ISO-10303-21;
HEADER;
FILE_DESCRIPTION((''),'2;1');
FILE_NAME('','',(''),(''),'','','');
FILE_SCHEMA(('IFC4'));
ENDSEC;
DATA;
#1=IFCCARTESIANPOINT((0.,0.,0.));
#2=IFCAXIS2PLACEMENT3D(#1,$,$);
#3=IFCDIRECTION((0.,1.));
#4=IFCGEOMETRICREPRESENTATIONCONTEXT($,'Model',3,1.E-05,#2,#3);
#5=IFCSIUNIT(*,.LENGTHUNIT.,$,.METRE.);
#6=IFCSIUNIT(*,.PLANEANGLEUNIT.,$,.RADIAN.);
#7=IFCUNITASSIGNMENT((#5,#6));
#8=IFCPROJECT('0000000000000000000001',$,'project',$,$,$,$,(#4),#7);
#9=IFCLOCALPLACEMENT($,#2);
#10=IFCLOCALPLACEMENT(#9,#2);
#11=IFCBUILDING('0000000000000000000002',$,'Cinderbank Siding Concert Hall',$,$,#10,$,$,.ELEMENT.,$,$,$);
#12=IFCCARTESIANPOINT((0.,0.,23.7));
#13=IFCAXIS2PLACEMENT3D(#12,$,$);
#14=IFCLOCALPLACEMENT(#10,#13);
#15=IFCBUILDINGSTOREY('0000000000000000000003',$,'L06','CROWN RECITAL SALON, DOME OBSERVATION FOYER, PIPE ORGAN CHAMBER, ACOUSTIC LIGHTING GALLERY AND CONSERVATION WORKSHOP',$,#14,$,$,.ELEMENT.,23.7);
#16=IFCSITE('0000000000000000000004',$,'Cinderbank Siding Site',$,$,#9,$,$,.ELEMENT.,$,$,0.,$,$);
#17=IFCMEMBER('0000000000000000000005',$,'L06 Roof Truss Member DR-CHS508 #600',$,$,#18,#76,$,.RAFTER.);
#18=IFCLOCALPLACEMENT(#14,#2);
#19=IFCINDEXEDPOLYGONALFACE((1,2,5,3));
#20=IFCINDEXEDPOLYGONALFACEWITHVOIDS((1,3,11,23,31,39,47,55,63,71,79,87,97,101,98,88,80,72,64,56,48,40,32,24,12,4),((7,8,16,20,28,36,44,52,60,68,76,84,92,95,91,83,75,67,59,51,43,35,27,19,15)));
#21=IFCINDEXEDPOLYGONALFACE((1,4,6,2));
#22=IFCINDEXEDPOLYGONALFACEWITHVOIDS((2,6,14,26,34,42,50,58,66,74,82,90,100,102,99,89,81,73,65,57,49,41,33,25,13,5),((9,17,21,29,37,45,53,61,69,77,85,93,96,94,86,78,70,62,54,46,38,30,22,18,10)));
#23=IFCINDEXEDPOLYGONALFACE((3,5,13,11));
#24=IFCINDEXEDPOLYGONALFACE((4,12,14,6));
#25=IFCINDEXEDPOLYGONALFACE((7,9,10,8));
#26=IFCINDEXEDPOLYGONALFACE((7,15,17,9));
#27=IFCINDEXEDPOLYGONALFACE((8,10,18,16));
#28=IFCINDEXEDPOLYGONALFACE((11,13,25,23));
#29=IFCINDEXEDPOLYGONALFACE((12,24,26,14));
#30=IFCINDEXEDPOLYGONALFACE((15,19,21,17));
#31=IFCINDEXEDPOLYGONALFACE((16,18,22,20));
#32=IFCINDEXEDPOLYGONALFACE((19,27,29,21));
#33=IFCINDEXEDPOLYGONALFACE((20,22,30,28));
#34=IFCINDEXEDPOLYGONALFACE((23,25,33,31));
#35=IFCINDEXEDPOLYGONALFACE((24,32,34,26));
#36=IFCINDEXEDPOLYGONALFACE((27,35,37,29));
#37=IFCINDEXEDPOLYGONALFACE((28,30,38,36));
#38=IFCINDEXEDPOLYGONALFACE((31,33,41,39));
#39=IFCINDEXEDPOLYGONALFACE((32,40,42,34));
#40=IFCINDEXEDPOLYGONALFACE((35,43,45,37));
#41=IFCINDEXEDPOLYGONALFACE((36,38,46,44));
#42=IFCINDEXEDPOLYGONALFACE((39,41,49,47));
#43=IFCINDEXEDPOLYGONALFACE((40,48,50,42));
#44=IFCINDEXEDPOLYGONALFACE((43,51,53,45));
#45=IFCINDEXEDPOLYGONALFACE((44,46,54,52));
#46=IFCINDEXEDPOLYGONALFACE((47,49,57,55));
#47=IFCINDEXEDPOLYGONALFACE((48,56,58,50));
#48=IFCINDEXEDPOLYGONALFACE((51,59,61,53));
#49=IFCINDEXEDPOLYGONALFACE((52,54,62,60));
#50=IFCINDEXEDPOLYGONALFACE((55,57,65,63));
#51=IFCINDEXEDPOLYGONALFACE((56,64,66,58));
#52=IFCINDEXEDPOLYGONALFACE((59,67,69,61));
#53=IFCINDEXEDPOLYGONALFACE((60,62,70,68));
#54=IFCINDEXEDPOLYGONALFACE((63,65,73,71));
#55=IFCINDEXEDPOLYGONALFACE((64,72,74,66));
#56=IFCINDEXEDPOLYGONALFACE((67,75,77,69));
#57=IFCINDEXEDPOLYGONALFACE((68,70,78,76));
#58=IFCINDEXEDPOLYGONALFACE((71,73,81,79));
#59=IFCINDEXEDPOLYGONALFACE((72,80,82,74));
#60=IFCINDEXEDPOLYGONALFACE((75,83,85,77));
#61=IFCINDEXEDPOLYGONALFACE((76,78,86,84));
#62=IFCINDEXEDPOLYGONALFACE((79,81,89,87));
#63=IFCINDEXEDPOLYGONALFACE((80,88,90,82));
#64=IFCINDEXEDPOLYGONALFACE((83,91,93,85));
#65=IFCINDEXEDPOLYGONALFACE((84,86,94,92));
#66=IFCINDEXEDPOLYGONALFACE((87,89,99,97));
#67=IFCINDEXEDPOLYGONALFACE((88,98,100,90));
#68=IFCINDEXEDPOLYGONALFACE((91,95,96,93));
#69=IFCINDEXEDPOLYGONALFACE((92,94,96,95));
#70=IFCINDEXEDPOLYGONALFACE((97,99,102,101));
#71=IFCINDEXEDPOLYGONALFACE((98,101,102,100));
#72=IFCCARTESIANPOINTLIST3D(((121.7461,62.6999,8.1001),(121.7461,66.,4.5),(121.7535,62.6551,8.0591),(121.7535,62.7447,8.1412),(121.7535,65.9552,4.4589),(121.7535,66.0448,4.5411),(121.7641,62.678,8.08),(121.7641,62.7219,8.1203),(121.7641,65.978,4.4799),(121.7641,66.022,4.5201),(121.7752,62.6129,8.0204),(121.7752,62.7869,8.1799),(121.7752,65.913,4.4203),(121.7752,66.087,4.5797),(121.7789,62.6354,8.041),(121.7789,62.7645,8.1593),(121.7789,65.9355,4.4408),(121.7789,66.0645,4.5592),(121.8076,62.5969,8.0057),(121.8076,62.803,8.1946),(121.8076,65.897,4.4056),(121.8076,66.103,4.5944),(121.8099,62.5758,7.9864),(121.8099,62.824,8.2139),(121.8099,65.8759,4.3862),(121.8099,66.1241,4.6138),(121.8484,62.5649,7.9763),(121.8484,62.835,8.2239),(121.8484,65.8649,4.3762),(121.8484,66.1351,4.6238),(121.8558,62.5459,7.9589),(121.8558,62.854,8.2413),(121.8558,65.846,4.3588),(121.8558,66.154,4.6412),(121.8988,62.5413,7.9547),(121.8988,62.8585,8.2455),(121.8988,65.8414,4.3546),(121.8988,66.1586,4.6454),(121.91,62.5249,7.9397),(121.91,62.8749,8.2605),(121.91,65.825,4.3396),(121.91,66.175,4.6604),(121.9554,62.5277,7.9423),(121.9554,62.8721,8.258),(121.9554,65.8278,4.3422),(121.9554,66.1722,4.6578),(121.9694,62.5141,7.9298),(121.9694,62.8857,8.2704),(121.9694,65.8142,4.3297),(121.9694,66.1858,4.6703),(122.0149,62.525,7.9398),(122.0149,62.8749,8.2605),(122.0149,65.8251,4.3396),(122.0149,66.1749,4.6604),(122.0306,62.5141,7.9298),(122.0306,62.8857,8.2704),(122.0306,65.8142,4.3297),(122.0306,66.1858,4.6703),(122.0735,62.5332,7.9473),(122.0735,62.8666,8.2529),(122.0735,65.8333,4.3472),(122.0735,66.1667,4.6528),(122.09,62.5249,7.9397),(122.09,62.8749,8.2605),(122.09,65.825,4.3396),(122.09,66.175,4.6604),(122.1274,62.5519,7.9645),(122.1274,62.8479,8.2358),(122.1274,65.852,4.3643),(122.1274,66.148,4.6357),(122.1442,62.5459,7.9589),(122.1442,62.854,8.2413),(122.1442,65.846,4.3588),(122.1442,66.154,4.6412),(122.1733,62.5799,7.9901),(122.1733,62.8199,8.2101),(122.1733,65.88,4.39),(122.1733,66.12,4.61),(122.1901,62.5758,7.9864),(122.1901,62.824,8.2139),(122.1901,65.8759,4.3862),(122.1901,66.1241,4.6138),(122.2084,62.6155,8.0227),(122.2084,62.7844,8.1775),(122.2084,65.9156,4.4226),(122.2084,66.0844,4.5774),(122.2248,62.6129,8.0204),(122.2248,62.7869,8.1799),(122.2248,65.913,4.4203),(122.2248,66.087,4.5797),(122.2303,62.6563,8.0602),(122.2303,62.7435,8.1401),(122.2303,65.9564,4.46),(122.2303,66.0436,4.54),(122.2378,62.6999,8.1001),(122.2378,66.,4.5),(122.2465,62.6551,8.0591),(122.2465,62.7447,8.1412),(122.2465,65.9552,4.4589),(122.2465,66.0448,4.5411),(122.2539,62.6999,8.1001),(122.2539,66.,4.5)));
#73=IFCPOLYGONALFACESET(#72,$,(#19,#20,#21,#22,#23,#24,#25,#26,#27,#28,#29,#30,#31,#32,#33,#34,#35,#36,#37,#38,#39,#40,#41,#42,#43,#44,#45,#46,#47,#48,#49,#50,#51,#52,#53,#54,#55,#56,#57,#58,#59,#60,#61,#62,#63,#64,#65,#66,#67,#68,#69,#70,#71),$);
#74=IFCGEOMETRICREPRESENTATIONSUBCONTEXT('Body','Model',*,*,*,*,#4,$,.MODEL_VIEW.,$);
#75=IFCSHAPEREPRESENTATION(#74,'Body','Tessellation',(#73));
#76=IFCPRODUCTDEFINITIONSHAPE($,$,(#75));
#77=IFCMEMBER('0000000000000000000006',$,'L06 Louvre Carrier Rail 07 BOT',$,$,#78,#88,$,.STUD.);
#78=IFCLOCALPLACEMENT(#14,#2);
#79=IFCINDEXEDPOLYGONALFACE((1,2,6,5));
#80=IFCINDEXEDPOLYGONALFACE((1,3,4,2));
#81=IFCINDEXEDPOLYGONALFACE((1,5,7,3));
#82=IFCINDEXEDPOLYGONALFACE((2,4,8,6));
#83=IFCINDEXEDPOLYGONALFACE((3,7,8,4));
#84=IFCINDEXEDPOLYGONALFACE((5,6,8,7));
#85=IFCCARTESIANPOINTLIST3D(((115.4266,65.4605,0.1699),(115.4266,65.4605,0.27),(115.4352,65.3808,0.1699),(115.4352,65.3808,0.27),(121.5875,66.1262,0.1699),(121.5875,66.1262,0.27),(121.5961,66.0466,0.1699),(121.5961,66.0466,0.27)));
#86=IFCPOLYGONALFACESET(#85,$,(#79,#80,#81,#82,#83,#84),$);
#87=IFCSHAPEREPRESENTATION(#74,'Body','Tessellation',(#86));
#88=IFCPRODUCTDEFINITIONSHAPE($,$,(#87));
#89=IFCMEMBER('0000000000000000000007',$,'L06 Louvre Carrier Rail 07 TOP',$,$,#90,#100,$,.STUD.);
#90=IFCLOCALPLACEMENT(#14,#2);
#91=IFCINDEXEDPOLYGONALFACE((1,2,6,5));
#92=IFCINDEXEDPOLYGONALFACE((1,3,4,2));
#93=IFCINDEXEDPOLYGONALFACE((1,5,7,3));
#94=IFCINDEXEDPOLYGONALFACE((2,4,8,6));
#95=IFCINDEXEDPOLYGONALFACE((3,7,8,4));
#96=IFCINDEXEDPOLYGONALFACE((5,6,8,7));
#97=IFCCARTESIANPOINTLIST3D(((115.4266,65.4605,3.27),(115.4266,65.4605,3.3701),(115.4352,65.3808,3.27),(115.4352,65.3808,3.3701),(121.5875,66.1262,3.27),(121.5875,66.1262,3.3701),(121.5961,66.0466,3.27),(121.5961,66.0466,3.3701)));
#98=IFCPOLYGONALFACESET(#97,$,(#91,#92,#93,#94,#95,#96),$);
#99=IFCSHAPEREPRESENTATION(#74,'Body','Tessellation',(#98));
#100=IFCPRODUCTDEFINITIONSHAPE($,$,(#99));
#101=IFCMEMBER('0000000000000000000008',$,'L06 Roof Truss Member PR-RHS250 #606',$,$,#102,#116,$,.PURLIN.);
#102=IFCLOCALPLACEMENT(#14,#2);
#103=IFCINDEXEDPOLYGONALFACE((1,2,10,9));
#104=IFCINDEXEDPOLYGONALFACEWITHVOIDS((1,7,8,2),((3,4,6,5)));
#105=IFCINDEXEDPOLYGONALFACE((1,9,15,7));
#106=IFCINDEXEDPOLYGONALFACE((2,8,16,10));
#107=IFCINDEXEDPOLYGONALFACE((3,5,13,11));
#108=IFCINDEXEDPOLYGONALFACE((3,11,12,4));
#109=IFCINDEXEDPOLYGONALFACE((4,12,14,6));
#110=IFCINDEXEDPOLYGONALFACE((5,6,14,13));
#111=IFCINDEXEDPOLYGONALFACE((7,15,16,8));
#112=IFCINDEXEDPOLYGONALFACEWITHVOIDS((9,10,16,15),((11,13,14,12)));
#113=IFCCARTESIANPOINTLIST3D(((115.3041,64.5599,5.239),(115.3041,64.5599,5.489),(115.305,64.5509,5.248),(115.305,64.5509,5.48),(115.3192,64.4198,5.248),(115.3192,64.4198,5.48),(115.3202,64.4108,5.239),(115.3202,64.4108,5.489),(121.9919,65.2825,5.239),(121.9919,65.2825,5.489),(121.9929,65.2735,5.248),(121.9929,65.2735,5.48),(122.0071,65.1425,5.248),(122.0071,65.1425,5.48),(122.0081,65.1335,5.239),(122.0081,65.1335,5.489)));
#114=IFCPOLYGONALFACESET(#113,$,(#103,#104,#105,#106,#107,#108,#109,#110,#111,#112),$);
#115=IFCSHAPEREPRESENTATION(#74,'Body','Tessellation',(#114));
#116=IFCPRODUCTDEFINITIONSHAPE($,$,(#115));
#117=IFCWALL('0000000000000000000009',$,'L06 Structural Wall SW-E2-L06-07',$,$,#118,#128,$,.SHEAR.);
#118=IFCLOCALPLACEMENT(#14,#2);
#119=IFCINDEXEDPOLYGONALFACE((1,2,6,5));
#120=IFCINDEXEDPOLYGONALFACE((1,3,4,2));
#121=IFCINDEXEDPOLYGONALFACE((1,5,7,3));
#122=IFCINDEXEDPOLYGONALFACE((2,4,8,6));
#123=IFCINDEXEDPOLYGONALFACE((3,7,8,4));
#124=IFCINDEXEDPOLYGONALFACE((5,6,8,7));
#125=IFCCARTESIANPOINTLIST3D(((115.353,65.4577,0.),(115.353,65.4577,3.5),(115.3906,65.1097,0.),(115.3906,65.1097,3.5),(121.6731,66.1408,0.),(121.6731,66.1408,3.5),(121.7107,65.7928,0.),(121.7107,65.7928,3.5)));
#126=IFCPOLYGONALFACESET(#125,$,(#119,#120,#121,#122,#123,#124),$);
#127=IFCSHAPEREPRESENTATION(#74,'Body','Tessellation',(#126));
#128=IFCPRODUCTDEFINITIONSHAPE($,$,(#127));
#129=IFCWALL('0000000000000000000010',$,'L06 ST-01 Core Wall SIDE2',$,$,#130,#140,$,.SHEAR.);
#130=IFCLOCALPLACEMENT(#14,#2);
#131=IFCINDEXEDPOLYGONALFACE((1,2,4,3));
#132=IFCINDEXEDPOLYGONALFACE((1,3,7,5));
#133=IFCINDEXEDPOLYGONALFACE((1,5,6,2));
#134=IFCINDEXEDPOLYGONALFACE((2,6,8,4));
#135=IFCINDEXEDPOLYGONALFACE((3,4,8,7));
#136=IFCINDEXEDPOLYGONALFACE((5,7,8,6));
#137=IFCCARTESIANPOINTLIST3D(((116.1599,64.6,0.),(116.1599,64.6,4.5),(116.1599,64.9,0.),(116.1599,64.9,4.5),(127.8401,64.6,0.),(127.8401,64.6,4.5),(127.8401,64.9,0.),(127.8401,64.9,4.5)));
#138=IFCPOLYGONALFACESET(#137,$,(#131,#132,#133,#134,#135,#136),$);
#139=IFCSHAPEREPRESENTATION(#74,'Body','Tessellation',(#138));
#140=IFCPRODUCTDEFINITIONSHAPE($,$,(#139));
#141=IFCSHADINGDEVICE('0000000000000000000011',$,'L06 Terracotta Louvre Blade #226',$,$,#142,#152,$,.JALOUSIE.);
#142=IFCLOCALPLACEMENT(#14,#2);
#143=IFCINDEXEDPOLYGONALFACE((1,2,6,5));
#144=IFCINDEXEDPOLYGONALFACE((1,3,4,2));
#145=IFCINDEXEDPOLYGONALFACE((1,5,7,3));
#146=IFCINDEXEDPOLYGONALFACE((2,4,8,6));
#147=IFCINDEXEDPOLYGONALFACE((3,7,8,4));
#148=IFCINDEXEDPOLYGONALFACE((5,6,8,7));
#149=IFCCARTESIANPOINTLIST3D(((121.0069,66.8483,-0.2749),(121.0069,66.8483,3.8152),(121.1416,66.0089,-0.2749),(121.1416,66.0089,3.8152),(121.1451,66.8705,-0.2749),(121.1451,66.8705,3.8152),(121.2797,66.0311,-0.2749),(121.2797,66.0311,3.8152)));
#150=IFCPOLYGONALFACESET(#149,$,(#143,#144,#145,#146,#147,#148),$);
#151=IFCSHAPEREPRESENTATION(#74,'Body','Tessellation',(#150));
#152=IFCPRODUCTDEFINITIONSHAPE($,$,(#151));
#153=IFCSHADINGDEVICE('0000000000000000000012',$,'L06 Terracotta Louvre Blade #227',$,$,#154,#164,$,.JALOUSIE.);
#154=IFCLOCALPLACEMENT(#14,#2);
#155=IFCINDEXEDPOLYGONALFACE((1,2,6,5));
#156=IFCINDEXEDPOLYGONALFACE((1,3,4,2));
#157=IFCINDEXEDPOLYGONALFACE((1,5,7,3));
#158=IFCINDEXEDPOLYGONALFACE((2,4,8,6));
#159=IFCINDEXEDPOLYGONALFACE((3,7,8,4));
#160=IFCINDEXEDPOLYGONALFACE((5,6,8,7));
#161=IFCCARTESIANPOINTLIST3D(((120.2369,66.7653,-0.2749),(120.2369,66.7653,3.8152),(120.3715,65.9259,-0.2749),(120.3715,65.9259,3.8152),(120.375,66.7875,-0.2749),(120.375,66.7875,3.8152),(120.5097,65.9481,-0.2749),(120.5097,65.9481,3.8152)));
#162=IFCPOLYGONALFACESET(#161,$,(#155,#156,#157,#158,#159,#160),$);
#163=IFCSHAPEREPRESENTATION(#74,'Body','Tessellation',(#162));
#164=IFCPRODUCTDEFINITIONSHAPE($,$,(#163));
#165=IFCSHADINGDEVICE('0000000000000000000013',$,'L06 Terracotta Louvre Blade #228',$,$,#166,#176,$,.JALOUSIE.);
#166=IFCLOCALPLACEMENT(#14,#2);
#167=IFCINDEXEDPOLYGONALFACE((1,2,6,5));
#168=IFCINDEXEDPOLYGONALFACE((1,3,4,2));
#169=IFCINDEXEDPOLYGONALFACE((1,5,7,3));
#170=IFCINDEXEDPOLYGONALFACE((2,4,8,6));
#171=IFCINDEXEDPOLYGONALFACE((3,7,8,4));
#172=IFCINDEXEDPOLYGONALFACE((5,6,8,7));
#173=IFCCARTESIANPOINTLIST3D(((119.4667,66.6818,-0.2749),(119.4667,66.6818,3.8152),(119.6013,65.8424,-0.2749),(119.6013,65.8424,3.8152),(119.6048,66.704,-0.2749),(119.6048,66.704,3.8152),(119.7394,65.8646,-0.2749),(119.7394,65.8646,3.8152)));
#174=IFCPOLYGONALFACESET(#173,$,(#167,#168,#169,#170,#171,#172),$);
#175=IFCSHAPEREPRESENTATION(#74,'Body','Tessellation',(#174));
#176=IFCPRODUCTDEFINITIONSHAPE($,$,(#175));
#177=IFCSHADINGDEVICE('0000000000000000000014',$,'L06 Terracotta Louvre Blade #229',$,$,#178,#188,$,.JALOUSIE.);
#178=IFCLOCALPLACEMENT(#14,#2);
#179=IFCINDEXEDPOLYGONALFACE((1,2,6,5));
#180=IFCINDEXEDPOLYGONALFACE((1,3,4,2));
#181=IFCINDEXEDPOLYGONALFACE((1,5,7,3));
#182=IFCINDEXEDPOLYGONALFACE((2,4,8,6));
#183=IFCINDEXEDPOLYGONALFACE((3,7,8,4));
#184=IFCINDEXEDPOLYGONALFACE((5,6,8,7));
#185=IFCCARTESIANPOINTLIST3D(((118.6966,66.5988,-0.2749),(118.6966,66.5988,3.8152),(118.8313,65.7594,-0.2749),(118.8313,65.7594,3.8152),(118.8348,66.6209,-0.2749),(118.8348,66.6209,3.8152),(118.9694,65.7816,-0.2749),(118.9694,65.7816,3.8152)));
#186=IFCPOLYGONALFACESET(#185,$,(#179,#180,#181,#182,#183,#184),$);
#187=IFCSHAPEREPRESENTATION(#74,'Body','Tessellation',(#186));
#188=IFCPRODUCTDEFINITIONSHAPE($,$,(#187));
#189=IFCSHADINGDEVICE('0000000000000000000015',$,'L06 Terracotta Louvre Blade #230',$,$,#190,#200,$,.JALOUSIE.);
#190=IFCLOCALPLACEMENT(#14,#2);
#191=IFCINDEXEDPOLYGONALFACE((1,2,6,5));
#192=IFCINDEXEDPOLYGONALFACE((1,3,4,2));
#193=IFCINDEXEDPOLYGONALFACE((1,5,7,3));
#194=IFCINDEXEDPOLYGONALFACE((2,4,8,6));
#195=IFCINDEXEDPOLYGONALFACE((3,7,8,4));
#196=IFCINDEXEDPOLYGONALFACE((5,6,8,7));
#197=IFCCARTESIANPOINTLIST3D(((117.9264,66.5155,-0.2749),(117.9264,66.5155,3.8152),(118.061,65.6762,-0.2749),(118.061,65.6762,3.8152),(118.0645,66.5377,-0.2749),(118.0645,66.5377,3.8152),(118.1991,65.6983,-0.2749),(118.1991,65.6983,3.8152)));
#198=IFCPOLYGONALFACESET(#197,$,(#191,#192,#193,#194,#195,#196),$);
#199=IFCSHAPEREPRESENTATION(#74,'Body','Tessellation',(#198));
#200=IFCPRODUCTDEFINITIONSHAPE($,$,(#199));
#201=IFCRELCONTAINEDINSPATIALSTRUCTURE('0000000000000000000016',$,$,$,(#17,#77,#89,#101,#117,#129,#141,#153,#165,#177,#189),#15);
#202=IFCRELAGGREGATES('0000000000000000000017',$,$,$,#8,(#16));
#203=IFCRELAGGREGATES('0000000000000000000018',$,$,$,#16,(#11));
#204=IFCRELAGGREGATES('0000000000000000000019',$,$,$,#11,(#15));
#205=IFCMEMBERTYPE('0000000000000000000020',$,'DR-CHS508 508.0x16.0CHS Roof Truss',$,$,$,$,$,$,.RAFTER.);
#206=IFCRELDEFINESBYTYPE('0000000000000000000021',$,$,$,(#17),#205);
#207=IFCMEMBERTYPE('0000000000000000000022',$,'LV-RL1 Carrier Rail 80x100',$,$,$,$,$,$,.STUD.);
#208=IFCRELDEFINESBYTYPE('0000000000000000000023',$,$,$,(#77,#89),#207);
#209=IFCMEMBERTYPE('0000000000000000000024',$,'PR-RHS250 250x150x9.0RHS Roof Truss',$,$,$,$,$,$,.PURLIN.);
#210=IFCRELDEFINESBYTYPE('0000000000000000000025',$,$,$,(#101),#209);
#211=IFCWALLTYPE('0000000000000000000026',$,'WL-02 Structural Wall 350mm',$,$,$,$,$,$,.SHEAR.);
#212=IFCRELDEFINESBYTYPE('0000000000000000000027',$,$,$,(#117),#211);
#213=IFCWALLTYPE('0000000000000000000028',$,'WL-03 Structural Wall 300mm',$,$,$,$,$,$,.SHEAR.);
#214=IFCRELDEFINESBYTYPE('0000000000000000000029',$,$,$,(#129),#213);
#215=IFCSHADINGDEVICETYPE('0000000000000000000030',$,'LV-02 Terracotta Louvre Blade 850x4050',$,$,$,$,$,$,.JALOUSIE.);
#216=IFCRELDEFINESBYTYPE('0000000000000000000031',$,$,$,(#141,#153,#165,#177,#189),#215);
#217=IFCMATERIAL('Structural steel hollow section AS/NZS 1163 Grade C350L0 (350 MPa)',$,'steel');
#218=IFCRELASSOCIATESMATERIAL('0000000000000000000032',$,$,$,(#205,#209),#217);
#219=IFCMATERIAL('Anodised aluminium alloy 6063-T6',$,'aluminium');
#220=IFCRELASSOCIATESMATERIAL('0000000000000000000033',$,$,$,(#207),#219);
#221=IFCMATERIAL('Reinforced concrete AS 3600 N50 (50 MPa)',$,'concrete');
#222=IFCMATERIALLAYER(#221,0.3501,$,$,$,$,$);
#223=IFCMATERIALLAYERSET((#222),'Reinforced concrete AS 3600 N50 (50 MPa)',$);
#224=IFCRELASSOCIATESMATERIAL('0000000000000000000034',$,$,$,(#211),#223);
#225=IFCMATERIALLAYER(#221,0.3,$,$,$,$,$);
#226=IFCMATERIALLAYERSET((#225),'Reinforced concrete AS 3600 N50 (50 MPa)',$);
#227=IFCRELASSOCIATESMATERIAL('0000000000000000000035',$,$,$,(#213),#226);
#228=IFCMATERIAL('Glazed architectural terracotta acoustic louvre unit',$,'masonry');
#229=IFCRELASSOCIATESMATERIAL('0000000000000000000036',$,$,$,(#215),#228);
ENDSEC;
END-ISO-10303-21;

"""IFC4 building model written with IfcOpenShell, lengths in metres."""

from ifc_helpers import new_model, si_unit, direction, frame, frame_2d, origin, origin_2d, place, context, subcontext, project, spatial, rectangle, hollow_rectangle, hollow_circle, extrude, material, layer, layer_set, material_profile, profile_set, type_object, element, save


model = new_model("IFC4")

# Units and contexts
model_context = context("Model", 3, precision=1e-05, world=origin(), true_north=direction((0.0, 1.0)))
body_context = subcontext(model_context, "Body", "Model", "MODEL_VIEW")
ifc_project = project(units=[si_unit("LENGTHUNIT", "METRE"), si_unit("PLANEANGLEUNIT", "RADIAN")], contexts=[model_context])

# Site, building, storey
site_placement = place(None, origin())
site = spatial("IfcSite", under=ifc_project, at=site_placement, Name="Cinderbank Siding Site", CompositionType="ELEMENT", RefElevation=0.0)
building_placement = place(site_placement, origin())
building = spatial("IfcBuilding", under=site, at=building_placement, Name="Cinderbank Siding Concert Hall", CompositionType="ELEMENT")
storey_placement = place(building_placement, frame((0.0, 0.0, 23.7)))
storey = spatial("IfcBuildingStorey", under=building, at=storey_placement, Name="L06", Description="CROWN RECITAL SALON, DOME OBSERVATION FOYER, PIPE ORGAN CHAMBER, ACOUSTIC LIGHTING GALLERY AND CONSERVATION WORKSHOP", CompositionType="ELEMENT", Elevation=23.7)

# Shared definitions
ifc_material_1 = material(Name="Reinforced concrete AS 3600 N50 (50 MPa)", Category="concrete")

# Members
ifc_material_2 = material(Name="Structural steel hollow section AS/NZS 1163 Grade C350L0 (350 MPa)", Category="steel")
ifc_material_profile_1 = material_profile(ifc_material_2, hollow_circle(Radius=0.2539, WallThickness=0.0161, at=origin_2d()), Name="508.0x16.0CHS", Category="LoadBearing")
ifc_profile_set_1 = profile_set([ifc_material_profile_1], Name="Structural steel hollow section AS/NZS 1163 Grade C350L0 (350 MPa)")
member_type_1 = type_object("IfcMemberType", Name="DR-CHS508 508.0x16.0CHS Roof Truss", PredefinedType="RAFTER", material=ifc_profile_set_1)
member_1_placement = place(storey_placement, frame((122.0, 66.0, 4.5), z_axis=(0.0, -0.67572, 0.737158), x_axis=(1.0, 0.0, 0.0)))
element("IfcMember", 1, at=member_1_placement, inside=storey, type_object=member_type_1, Name="L06 Roof Truss Member DR-CHS508 #600", PredefinedType="RAFTER", context=body_context, shape_type="SweptSolid", body=[
    extrude(hollow_circle(Radius=0.2539, WallThickness=0.0161, at=origin_2d()), origin(), (0.0, 0.0, 1.0), 4.8838),
])
ifc_material_3 = material(Name="Anodised aluminium alloy 6063-T6", Category="aluminium")
ifc_material_profile_2 = material_profile(ifc_material_3, rectangle(XDim=0.0801, YDim=0.1001, at=origin_2d()), Name="ALU-RAIL-80x100", Category="LoadBearing")
ifc_profile_set_2 = profile_set([ifc_material_profile_2], Name="Anodised aluminium alloy 6063-T6")
member_type_2 = type_object("IfcMemberType", Name="LV-RL1 Carrier Rail 80x100", PredefinedType="STUD", material=ifc_profile_set_2)
for number, where, z_axis, x_axis, name in (
    (2, (121.5918, 66.0864, 0.22), (-0.994212, -0.107439, 0.0), (0.107439, -0.994212, 0.0), "L06 Louvre Carrier Rail 07 BOT"),
    (3, (121.5918, 66.0864, 3.3201), (-0.994212, -0.107439, 0.0), (0.107439, -0.994212, 0.0), "L06 Louvre Carrier Rail 07 TOP"),
):
    element("IfcMember", number, at=place(storey_placement, frame(where, z_axis=z_axis, x_axis=x_axis)), inside=storey, type_object=member_type_2, Name=name, PredefinedType="STUD", context=body_context, shape_type="SweptSolid", body=[
        extrude(rectangle(XDim=0.0801, YDim=0.1001, at=origin_2d()), origin(), (0.0, 0.0, 1.0), 6.1968),
    ])
ifc_material_profile_3 = material_profile(ifc_material_2, hollow_rectangle(XDim=0.1499, YDim=0.25, WallThickness=0.009, at=origin_2d()), Name="250x150x9.0RHS", Category="LoadBearing")
ifc_profile_set_3 = profile_set([ifc_material_profile_3], Name="Structural steel hollow section AS/NZS 1163 Grade C350L0 (350 MPa)")
member_type_3 = type_object("IfcMemberType", Name="PR-RHS250 250x150x9.0RHS Roof Truss", PredefinedType="PURLIN", material=ifc_profile_set_3)
member_2_placement = place(storey_placement, frame((122.0, 65.208, 5.364), z_axis=(-0.994213, -0.107428, 0.0), x_axis=(0.107428, -0.994213, 0.0)))
element("IfcMember", 4, at=member_2_placement, inside=storey, type_object=member_type_3, Name="L06 Roof Truss Member PR-RHS250 #606", PredefinedType="PURLIN", context=body_context, shape_type="SweptSolid", body=[
    extrude(hollow_rectangle(XDim=0.1499, YDim=0.25, WallThickness=0.009, at=origin_2d()), origin(), (0.0, 0.0, 1.0), 6.7268),
])

# Walls
ifc_layer_1 = layer(ifc_material_1, 0.3501)
ifc_layer_set_1 = layer_set([ifc_layer_1], Name="Reinforced concrete AS 3600 N50 (50 MPa)")
wall_type_1 = type_object("IfcWallType", Name="WL-02 Structural Wall 350mm", PredefinedType="SHEAR", material=ifc_layer_set_1)
wall_1_placement = place(storey_placement, frame((121.6919, 65.9668, 0.0), z_axis=(0.0, 0.0, 1.0), x_axis=(-0.994209, -0.107459, 0.0)))
element("IfcWall", 5, at=wall_1_placement, inside=storey, type_object=wall_type_1, Name="L06 Structural Wall SW-E2-L06-07", PredefinedType="SHEAR", context=body_context, shape_type="SweptSolid", body=[
    extrude(rectangle(XDim=6.3569, YDim=0.3501, at=frame_2d((3.1785, 0.0))), origin(), (0.0, 0.0, 1.0), 3.5),
])
ifc_layer_2 = layer(ifc_material_1, 0.3)
ifc_layer_set_2 = layer_set([ifc_layer_2], Name="Reinforced concrete AS 3600 N50 (50 MPa)")
wall_type_2 = type_object("IfcWallType", Name="WL-03 Structural Wall 300mm", PredefinedType="SHEAR", material=ifc_layer_set_2)
wall_2_placement = place(storey_placement, frame((116.1599, 64.75, 0.0), z_axis=(0.0, 0.0, 1.0), x_axis=(1.0, 0.0, 0.0)))
element("IfcWall", 6, at=wall_2_placement, inside=storey, type_object=wall_type_2, Name="L06 ST-01 Core Wall SIDE2", PredefinedType="SHEAR", context=body_context, shape_type="SweptSolid", body=[
    extrude(rectangle(XDim=11.6802, YDim=0.3, at=frame_2d((5.8401, 0.0))), origin(), (0.0, 0.0, 1.0), 4.5),
])

# Shading devices
ifc_material_4 = material(Name="Glazed architectural terracotta acoustic louvre unit", Category="masonry")
shading_device_type = type_object("IfcShadingDeviceType", Name="LV-02 Terracotta Louvre Blade 850x4050", PredefinedType="JALOUSIE", material=ifc_material_4)
for number, where, z_axis, x_axis, name in (
    (7, (121.1433, 66.4397, -0.2749), (0.0, 0.0, 1.0), (-0.158354, 0.987382, 0.0), "L06 Terracotta Louvre Blade #226"),
    (8, (120.3733, 66.3567, -0.2749), (0.0, 0.0, 1.0), (-0.158354, 0.987382, 0.0), "L06 Terracotta Louvre Blade #227"),
    (9, (119.603, 66.2732, -0.2749), (0.0, 0.0, 1.0), (-0.158354, 0.987382, 0.0), "L06 Terracotta Louvre Blade #228"),
    (10, (118.833, 66.1902, -0.2749), (0.0, 0.0, 1.0), (-0.158354, 0.987382, 0.0), "L06 Terracotta Louvre Blade #229"),
    (11, (118.0627, 66.1069, -0.2749), (0.0, 0.0, 1.0), (-0.158354, 0.987382, 0.0), "L06 Terracotta Louvre Blade #230"),
):
    element("IfcShadingDevice", number, at=place(storey_placement, frame(where, z_axis=z_axis, x_axis=x_axis)), inside=storey, type_object=shading_device_type, Name=name, PredefinedType="JALOUSIE", context=body_context, shape_type="SweptSolid", body=[
        extrude(rectangle(XDim=0.8501, YDim=0.1399, at=origin_2d()), origin(), (0.0, 0.0, 1.0), 4.0901),
    ])

save(model, "model.ifc")
